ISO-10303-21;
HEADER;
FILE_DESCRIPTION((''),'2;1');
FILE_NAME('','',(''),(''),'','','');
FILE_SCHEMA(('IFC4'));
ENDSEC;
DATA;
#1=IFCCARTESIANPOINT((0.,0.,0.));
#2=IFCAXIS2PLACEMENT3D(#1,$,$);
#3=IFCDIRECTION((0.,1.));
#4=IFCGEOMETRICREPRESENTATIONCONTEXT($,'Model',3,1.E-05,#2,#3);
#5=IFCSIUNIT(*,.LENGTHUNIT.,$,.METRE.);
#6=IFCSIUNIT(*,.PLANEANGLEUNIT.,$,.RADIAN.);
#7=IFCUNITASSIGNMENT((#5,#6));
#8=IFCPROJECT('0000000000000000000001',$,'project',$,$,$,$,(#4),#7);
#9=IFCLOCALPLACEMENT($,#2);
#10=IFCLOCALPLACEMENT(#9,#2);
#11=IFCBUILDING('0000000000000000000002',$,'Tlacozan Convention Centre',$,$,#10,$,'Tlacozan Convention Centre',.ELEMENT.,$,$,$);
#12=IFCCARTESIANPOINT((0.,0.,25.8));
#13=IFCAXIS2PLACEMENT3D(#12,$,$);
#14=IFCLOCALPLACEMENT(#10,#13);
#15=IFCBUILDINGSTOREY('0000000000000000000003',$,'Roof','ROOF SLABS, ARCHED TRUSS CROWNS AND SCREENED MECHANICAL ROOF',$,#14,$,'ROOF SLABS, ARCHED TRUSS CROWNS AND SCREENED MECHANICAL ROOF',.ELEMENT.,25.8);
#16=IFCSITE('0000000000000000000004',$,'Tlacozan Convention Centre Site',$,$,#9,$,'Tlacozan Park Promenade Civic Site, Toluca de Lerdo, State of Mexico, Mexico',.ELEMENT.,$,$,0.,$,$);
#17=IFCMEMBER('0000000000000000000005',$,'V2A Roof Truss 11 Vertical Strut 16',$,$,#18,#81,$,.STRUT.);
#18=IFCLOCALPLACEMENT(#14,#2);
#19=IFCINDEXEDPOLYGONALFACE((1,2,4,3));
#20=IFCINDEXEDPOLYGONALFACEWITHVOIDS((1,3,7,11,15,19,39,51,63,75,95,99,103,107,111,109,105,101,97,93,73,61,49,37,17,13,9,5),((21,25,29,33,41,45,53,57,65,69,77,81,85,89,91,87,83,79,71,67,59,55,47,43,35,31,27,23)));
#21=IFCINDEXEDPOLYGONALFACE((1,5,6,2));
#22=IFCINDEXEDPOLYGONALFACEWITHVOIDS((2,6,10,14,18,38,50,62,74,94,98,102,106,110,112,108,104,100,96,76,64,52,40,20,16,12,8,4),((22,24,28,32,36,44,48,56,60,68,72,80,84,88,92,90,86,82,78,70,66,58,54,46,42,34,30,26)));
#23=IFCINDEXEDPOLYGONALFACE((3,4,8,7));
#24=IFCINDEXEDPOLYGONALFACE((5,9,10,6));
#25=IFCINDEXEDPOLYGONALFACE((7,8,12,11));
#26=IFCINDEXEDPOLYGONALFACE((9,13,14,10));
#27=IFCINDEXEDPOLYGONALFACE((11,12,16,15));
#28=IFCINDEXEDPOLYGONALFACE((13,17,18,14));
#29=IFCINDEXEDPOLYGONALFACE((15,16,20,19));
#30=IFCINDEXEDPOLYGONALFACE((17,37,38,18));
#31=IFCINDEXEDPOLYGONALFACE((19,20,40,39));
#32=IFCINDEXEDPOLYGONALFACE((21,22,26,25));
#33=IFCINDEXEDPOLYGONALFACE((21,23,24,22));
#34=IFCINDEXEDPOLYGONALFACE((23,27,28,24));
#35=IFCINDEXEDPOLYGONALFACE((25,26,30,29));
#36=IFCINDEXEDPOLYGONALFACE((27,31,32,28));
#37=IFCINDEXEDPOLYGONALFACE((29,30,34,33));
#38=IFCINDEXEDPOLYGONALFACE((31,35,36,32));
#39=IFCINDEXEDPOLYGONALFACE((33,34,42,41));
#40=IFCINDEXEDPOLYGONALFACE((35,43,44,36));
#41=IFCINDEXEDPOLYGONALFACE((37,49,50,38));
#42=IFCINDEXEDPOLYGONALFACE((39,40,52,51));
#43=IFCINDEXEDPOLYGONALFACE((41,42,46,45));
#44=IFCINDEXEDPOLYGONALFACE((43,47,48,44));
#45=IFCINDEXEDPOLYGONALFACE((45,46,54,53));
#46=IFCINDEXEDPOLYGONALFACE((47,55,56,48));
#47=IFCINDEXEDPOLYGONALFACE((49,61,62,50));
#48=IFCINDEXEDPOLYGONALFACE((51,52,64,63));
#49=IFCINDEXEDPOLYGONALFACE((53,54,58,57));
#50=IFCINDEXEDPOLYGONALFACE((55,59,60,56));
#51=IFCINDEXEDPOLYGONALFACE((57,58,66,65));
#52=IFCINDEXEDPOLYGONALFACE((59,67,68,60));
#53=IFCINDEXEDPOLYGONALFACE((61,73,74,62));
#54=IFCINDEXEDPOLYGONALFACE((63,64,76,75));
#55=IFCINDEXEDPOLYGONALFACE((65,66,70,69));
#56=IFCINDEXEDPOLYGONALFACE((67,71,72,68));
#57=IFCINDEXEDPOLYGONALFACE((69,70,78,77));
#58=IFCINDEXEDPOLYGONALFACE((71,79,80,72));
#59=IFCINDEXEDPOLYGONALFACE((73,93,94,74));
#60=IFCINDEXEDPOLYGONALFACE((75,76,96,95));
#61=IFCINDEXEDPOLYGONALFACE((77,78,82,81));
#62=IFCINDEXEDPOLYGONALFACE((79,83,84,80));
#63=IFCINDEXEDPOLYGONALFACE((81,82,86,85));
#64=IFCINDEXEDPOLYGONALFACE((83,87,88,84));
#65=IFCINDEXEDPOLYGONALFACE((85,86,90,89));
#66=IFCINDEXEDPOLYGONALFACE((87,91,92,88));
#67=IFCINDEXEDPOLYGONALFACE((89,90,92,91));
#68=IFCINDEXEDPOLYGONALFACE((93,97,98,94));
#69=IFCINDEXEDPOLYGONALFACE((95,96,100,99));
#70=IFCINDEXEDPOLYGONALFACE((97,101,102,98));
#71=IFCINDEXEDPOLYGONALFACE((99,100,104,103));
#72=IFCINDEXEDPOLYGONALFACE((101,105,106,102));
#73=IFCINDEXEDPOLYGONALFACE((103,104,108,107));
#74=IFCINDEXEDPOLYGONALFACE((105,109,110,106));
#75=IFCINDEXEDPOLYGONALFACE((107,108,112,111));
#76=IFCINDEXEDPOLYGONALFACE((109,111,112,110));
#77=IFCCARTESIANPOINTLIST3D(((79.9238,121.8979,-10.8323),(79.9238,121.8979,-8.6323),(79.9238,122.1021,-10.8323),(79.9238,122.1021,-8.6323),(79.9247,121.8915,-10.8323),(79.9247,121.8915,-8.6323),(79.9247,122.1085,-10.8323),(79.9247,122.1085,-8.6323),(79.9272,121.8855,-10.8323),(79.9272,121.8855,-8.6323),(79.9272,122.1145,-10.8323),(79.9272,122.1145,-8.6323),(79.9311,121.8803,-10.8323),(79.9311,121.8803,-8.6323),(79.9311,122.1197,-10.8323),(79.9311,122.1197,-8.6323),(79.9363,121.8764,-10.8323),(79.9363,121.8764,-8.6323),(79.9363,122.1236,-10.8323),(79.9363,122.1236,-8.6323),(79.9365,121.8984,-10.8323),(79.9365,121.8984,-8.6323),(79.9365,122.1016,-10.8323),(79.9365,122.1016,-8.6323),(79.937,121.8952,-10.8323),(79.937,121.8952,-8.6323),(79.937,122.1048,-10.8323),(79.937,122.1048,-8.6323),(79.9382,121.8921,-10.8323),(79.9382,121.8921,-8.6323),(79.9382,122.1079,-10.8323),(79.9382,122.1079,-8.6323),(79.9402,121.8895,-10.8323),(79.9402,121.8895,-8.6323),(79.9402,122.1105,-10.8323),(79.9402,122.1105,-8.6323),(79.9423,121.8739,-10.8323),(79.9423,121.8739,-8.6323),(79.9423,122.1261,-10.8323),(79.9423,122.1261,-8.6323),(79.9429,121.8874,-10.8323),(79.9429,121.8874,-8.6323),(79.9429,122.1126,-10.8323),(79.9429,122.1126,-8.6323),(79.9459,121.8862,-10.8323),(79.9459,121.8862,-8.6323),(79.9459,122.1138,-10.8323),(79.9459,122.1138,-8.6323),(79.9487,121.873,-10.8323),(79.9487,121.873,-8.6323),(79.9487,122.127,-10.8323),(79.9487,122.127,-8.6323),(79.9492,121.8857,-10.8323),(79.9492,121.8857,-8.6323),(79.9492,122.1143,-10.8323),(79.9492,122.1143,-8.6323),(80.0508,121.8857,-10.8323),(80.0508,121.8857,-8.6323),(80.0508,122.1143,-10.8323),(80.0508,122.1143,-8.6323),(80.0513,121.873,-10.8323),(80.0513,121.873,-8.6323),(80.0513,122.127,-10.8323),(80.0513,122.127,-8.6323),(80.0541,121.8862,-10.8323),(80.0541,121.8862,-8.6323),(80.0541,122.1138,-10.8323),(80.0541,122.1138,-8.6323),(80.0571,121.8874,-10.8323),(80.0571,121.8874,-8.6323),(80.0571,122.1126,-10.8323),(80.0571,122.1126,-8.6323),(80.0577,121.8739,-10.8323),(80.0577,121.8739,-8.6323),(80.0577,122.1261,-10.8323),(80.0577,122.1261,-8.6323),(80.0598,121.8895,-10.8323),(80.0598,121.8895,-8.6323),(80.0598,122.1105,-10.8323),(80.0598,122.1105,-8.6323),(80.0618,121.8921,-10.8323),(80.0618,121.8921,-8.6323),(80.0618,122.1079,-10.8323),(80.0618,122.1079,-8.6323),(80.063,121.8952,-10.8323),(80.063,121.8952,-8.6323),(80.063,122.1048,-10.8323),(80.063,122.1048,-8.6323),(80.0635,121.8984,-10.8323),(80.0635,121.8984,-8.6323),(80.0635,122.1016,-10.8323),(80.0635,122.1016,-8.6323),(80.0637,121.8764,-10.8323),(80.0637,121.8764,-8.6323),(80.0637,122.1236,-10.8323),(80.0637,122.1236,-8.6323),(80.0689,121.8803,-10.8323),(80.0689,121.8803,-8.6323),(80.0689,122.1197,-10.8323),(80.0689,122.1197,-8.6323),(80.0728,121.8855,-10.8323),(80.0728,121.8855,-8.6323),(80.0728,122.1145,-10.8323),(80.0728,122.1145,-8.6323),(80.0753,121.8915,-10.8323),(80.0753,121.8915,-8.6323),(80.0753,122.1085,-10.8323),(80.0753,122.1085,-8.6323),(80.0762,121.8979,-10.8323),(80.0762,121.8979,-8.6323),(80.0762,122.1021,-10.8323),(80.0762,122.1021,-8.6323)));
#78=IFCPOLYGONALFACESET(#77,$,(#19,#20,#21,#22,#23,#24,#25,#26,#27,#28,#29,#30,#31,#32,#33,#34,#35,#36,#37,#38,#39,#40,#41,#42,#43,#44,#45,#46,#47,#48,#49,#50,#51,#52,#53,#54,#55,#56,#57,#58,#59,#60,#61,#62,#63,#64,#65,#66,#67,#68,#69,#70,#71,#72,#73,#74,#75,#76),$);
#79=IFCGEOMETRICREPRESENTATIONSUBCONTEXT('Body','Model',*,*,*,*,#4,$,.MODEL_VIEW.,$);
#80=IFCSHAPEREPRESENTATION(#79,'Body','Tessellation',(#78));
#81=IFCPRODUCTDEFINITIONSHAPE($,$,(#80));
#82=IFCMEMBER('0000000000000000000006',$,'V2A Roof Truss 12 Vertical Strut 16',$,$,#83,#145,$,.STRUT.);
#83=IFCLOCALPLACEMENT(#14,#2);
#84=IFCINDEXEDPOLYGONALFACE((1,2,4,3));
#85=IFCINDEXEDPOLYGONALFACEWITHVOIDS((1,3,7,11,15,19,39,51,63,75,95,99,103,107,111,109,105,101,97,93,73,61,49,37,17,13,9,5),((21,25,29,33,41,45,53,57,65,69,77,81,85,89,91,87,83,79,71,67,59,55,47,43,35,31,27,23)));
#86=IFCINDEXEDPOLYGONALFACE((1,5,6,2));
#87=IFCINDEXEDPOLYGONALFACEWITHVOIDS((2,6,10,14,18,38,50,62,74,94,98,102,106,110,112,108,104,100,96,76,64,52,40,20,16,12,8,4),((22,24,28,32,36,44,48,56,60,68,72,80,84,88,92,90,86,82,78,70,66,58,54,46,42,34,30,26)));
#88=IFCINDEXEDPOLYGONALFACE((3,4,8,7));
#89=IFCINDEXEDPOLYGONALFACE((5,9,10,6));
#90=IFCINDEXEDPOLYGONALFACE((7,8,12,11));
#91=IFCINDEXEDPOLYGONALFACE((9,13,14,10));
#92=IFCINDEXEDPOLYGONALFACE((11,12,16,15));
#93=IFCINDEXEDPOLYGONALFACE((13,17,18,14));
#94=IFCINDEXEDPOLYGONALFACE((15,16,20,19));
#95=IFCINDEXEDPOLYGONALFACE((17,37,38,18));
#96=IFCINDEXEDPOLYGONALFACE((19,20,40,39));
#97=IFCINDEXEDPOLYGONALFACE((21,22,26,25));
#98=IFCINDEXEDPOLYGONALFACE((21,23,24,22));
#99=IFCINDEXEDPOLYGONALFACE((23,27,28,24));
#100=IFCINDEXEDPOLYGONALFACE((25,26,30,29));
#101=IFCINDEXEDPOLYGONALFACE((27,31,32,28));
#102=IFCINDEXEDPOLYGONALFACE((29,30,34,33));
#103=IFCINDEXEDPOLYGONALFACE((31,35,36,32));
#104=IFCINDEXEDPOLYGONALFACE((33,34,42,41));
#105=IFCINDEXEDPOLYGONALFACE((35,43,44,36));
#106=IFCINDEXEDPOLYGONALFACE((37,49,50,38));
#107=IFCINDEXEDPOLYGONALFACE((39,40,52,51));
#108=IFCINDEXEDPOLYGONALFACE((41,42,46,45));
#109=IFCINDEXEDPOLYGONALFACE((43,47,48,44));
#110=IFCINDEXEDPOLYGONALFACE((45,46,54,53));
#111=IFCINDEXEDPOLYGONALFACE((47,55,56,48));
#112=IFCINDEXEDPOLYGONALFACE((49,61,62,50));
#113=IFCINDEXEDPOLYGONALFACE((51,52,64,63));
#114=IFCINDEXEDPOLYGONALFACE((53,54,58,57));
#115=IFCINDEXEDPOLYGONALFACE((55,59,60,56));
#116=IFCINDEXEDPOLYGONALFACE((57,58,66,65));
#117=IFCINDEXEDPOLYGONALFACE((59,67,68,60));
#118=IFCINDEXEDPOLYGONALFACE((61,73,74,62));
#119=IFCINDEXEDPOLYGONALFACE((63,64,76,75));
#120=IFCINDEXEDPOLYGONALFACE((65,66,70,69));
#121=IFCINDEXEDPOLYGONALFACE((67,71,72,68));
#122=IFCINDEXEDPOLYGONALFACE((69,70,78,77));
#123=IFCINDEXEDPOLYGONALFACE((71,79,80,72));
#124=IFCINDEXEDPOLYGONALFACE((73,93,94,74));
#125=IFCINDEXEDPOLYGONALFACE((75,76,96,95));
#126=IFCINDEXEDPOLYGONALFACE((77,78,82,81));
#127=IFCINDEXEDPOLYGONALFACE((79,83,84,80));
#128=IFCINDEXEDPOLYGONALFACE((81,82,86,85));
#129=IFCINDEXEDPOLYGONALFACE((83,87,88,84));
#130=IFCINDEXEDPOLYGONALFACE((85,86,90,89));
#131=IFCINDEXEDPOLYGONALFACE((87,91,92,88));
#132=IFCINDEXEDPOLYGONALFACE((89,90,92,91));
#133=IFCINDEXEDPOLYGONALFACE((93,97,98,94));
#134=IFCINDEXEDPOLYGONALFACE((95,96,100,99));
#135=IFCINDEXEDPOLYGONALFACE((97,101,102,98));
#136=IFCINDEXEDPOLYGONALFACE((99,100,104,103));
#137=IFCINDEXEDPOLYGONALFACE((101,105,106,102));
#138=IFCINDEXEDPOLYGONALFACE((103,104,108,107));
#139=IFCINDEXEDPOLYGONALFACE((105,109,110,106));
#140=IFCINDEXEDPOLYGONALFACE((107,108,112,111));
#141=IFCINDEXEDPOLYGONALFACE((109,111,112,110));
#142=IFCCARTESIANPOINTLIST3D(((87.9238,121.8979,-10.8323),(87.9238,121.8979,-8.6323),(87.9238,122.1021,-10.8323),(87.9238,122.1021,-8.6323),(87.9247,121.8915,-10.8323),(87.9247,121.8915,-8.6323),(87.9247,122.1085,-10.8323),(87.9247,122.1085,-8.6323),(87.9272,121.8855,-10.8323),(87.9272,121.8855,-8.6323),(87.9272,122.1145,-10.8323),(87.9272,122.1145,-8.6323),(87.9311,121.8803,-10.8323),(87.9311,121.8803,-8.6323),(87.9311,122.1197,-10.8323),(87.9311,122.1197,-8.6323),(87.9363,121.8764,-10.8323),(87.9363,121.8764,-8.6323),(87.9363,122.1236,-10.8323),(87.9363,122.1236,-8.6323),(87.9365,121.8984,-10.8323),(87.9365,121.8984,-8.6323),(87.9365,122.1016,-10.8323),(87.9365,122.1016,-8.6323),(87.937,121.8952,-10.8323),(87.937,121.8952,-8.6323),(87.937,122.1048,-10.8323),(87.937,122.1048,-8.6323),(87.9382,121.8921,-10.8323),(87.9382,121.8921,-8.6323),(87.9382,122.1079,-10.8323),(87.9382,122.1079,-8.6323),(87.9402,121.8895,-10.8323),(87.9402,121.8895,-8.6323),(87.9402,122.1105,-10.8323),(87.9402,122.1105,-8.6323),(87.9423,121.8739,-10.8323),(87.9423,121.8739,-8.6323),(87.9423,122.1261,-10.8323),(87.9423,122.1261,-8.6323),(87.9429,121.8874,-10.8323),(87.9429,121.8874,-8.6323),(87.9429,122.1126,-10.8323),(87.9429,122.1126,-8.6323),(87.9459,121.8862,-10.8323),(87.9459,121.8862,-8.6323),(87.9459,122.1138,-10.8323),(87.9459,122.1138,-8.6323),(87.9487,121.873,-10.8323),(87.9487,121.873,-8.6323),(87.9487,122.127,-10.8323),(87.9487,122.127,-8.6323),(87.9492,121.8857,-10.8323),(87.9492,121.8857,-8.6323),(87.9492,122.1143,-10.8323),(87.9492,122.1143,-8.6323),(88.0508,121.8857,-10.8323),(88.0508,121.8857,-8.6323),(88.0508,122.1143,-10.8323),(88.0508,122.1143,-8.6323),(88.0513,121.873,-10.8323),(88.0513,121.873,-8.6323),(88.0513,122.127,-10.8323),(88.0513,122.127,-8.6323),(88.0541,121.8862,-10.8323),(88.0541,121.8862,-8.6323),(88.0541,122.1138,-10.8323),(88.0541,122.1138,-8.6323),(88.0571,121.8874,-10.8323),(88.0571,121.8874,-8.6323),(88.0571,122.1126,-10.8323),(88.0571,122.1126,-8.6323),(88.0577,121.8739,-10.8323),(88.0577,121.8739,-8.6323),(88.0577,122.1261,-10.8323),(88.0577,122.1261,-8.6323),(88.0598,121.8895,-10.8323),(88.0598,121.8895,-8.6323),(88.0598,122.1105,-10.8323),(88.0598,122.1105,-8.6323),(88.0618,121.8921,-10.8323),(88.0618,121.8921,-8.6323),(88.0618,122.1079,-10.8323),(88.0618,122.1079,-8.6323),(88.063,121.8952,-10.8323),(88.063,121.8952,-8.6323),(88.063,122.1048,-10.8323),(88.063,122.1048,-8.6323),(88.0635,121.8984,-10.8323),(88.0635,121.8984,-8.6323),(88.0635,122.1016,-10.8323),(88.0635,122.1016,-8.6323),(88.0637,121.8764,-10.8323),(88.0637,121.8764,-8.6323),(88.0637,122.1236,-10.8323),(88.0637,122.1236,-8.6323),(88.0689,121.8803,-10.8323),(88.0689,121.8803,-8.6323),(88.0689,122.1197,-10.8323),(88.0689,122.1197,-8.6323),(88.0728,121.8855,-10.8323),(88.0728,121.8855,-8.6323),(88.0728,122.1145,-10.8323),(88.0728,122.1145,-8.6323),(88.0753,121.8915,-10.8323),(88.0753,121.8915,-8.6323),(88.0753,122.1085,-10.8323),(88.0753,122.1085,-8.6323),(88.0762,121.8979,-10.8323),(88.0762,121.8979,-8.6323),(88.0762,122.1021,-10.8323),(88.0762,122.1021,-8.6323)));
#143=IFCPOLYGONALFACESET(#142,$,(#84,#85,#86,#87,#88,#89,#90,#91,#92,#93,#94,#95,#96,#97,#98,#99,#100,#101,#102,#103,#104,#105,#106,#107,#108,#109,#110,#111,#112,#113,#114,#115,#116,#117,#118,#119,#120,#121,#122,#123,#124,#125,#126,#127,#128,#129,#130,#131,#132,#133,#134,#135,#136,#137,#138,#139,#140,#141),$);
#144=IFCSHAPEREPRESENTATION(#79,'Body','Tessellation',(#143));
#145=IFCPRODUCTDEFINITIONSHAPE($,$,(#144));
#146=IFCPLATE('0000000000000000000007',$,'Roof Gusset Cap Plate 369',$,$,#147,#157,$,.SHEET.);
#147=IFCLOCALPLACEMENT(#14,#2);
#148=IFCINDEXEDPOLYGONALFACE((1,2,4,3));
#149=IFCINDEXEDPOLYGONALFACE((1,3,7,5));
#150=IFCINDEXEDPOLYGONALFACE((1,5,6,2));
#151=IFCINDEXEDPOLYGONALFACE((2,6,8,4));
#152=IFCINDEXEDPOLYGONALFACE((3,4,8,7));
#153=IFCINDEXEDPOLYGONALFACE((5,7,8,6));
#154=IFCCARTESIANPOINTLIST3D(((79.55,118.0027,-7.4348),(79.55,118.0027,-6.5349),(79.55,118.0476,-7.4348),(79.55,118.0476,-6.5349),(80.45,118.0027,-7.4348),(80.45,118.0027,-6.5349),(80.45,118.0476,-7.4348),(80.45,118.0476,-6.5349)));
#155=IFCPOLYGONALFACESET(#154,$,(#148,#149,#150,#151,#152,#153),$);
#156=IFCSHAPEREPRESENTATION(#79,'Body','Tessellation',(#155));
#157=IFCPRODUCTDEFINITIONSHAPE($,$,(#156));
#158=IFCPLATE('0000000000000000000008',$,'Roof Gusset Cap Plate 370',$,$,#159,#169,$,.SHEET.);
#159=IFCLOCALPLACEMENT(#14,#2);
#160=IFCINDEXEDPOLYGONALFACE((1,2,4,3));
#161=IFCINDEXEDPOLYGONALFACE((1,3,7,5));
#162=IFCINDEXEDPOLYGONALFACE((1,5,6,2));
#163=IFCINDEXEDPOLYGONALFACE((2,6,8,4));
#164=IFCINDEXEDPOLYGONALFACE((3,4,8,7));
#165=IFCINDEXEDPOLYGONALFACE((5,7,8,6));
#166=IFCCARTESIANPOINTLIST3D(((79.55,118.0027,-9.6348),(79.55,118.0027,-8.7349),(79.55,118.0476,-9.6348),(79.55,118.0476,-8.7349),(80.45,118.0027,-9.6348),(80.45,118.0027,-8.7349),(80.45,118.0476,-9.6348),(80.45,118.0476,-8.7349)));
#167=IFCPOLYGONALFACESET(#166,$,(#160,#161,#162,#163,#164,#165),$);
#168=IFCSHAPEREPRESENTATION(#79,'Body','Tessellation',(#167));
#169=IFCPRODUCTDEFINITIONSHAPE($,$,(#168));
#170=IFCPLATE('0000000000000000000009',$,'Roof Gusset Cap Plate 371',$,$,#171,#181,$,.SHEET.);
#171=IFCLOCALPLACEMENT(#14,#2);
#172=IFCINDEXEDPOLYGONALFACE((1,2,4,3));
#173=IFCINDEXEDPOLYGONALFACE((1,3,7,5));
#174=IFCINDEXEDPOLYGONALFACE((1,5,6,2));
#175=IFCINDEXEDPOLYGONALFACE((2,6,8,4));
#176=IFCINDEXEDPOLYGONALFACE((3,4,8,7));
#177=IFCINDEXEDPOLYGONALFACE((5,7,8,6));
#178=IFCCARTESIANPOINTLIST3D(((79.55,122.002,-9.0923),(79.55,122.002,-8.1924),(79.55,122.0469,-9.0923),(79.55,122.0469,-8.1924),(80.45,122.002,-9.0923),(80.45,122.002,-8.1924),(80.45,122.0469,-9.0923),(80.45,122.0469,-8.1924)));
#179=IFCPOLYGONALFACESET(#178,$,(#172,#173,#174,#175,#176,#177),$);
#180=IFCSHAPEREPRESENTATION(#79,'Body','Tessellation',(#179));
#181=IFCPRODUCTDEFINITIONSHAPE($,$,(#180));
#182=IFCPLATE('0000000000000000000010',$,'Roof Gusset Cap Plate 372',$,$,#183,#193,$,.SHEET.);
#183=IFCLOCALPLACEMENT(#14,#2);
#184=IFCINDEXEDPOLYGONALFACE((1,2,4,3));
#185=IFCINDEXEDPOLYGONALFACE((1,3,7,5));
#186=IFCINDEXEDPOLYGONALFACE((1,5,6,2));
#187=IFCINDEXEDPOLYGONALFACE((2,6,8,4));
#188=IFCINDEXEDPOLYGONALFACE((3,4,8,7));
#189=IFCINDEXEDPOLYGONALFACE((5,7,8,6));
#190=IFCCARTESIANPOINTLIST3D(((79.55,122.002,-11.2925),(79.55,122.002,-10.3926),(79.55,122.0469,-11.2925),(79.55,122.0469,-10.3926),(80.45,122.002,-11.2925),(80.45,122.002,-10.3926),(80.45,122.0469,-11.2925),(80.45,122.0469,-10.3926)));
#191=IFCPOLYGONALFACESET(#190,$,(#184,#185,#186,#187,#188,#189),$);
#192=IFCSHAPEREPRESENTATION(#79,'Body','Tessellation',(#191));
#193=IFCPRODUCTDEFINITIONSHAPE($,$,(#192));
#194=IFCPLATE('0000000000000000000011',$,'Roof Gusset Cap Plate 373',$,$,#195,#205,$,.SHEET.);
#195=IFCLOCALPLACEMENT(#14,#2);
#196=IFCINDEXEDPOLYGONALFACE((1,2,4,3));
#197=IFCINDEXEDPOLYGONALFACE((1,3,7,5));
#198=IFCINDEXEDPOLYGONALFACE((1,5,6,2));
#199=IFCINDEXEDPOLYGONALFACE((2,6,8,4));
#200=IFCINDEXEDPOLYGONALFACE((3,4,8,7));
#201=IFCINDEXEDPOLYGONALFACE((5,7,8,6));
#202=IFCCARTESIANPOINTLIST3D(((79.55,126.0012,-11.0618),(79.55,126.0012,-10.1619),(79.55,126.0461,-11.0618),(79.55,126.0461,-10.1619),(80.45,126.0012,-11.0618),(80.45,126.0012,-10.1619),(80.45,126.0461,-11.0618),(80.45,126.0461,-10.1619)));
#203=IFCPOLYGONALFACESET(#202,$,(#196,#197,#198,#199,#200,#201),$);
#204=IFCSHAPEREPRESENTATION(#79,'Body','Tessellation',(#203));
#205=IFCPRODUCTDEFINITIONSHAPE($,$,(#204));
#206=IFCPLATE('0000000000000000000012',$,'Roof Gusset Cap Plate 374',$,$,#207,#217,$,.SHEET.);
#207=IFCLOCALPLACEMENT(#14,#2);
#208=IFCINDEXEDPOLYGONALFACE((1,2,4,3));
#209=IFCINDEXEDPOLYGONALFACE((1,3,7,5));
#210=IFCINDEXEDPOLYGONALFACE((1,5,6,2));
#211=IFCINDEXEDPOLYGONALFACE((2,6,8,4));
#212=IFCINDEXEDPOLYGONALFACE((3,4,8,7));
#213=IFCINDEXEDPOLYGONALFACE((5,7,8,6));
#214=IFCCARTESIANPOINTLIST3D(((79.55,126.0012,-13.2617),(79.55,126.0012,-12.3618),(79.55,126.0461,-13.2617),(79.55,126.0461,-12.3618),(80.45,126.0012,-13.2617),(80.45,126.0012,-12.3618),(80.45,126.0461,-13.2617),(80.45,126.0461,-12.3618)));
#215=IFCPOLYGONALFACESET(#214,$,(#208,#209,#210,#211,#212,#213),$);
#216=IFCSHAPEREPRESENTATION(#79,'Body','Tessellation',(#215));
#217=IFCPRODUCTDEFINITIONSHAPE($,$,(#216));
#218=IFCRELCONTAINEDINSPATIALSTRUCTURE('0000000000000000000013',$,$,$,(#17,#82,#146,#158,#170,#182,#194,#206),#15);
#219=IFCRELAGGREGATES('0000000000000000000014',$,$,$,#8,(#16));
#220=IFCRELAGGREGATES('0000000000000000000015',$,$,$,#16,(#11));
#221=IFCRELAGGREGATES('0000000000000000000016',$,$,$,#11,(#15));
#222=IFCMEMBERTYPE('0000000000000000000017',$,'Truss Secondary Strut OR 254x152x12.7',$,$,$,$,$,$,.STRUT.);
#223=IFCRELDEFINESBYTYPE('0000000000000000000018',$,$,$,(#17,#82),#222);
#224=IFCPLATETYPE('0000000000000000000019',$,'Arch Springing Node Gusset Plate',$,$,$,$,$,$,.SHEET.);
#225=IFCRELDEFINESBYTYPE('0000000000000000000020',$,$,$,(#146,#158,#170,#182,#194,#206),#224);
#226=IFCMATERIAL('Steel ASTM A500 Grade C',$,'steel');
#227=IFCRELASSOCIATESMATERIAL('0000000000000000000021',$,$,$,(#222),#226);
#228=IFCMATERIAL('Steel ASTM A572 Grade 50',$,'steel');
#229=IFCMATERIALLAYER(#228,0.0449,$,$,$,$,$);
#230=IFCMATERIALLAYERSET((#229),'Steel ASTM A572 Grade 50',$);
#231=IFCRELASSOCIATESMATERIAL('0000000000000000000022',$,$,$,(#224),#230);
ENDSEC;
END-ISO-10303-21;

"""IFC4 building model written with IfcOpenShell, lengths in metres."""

from ifc_helpers import new_model, si_unit, direction, frame, origin, origin_2d, place, context, subcontext, project, spatial, rectangle, hollow_rectangle, extrude, material, layer, layer_set, material_profile, profile_set, type_object, element, save


model = new_model("IFC4")

# Units and contexts
model_context = context("Model", 3, precision=1e-05, world=origin(), true_north=direction((0.0, 1.0)))
body_context = subcontext(model_context, "Body", "Model", "MODEL_VIEW")
ifc_project = project(units=[si_unit("LENGTHUNIT", "METRE"), si_unit("PLANEANGLEUNIT", "RADIAN")], contexts=[model_context])

# Site, building, storey
site_placement = place(None, origin())
site = spatial("IfcSite", under=ifc_project, at=site_placement, Name="Tlacozan Convention Centre Site", LongName="Tlacozan Park Promenade Civic Site, Toluca de Lerdo, State of Mexico, Mexico", CompositionType="ELEMENT", RefElevation=0.0)
building_placement = place(site_placement, origin())
building = spatial("IfcBuilding", under=site, at=building_placement, Name="Tlacozan Convention Centre", LongName="Tlacozan Convention Centre", CompositionType="ELEMENT")
storey_placement = place(building_placement, frame((0.0, 0.0, 25.8)))
storey = spatial("IfcBuildingStorey", under=building, at=storey_placement, Name="Roof", Description="ROOF SLABS, ARCHED TRUSS CROWNS AND SCREENED MECHANICAL ROOF", LongName="ROOF SLABS, ARCHED TRUSS CROWNS AND SCREENED MECHANICAL ROOF", CompositionType="ELEMENT", Elevation=25.8)

# Members
ifc_material_1 = material(Name="Steel ASTM A500 Grade C", Category="steel")
ifc_material_profile_1 = material_profile(ifc_material_1, hollow_rectangle(XDim=0.1523, YDim=0.2539, WallThickness=0.0127, InnerFilletRadius=0.0127, OuterFilletRadius=0.0249, at=origin_2d()), Name="OR 254x152x12.7")
ifc_profile_set_1 = profile_set([ifc_material_profile_1], Name="Steel ASTM A500 Grade C")
member_type_1 = type_object("IfcMemberType", Name="Truss Secondary Strut OR 254x152x12.7", PredefinedType="STRUT", material=ifc_profile_set_1)
for number, where, z_axis, x_axis, name in (
    (1, (80.0, 122.0, -10.8323), (0.0, 0.0, 1.0), (1.0, 0.0, 0.0), "V2A Roof Truss 11 Vertical Strut 16"),
    (2, (88.0, 122.0, -10.8323), (0.0, 0.0, 1.0), (1.0, 0.0, 0.0), "V2A Roof Truss 12 Vertical Strut 16"),
):
    element("IfcMember", number, at=place(storey_placement, frame(where, z_axis=z_axis, x_axis=x_axis)), inside=storey, type_object=member_type_1, Name=name, PredefinedType="STRUT", context=body_context, shape_type="SweptSolid", body=[
        extrude(hollow_rectangle(XDim=0.1523, YDim=0.2539, WallThickness=0.0127, InnerFilletRadius=0.0127, OuterFilletRadius=0.0249, at=origin_2d()), origin(), (0.0, 0.0, 1.0), 2.2),
    ])

# Plates
ifc_material_2 = material(Name="Steel ASTM A572 Grade 50", Category="steel")
ifc_layer = layer(ifc_material_2, 0.0449)
ifc_layer_set = layer_set([ifc_layer], Name="Steel ASTM A572 Grade 50")
plate_type = type_object("IfcPlateType", Name="Arch Springing Node Gusset Plate", PredefinedType="SHEET", material=ifc_layer_set)
for number, where, z_axis, x_axis, name in (
    (3, (80.0, 118.0251, -7.4348), (0.0, 0.0, 1.0), (0.0, 1.0, 0.0), "Roof Gusset Cap Plate 369"),
    (4, (80.0, 118.0251, -9.6348), (0.0, 0.0, 1.0), (0.0, 1.0, 0.0), "Roof Gusset Cap Plate 370"),
    (5, (80.0, 122.0244, -9.0923), (0.0, 0.0, 1.0), (0.0, 1.0, 0.0), "Roof Gusset Cap Plate 371"),
    (6, (80.0, 122.0244, -11.2925), (0.0, 0.0, 1.0), (0.0, 1.0, 0.0), "Roof Gusset Cap Plate 372"),
    (7, (80.0, 126.0237, -11.0618), (0.0, 0.0, 1.0), (0.0, 1.0, 0.0), "Roof Gusset Cap Plate 373"),
    (8, (80.0, 126.0237, -13.2617), (0.0, 0.0, 1.0), (0.0, 1.0, 0.0), "Roof Gusset Cap Plate 374"),
):
    element("IfcPlate", number, at=place(storey_placement, frame(where, z_axis=z_axis, x_axis=x_axis)), inside=storey, type_object=plate_type, Name=name, PredefinedType="SHEET", context=body_context, shape_type="SweptSolid", body=[
        extrude(rectangle(XDim=0.0449, YDim=0.8999, at=origin_2d()), origin(), (0.0, 0.0, 1.0), 0.8999),
    ])

save(model, "model.ifc")
